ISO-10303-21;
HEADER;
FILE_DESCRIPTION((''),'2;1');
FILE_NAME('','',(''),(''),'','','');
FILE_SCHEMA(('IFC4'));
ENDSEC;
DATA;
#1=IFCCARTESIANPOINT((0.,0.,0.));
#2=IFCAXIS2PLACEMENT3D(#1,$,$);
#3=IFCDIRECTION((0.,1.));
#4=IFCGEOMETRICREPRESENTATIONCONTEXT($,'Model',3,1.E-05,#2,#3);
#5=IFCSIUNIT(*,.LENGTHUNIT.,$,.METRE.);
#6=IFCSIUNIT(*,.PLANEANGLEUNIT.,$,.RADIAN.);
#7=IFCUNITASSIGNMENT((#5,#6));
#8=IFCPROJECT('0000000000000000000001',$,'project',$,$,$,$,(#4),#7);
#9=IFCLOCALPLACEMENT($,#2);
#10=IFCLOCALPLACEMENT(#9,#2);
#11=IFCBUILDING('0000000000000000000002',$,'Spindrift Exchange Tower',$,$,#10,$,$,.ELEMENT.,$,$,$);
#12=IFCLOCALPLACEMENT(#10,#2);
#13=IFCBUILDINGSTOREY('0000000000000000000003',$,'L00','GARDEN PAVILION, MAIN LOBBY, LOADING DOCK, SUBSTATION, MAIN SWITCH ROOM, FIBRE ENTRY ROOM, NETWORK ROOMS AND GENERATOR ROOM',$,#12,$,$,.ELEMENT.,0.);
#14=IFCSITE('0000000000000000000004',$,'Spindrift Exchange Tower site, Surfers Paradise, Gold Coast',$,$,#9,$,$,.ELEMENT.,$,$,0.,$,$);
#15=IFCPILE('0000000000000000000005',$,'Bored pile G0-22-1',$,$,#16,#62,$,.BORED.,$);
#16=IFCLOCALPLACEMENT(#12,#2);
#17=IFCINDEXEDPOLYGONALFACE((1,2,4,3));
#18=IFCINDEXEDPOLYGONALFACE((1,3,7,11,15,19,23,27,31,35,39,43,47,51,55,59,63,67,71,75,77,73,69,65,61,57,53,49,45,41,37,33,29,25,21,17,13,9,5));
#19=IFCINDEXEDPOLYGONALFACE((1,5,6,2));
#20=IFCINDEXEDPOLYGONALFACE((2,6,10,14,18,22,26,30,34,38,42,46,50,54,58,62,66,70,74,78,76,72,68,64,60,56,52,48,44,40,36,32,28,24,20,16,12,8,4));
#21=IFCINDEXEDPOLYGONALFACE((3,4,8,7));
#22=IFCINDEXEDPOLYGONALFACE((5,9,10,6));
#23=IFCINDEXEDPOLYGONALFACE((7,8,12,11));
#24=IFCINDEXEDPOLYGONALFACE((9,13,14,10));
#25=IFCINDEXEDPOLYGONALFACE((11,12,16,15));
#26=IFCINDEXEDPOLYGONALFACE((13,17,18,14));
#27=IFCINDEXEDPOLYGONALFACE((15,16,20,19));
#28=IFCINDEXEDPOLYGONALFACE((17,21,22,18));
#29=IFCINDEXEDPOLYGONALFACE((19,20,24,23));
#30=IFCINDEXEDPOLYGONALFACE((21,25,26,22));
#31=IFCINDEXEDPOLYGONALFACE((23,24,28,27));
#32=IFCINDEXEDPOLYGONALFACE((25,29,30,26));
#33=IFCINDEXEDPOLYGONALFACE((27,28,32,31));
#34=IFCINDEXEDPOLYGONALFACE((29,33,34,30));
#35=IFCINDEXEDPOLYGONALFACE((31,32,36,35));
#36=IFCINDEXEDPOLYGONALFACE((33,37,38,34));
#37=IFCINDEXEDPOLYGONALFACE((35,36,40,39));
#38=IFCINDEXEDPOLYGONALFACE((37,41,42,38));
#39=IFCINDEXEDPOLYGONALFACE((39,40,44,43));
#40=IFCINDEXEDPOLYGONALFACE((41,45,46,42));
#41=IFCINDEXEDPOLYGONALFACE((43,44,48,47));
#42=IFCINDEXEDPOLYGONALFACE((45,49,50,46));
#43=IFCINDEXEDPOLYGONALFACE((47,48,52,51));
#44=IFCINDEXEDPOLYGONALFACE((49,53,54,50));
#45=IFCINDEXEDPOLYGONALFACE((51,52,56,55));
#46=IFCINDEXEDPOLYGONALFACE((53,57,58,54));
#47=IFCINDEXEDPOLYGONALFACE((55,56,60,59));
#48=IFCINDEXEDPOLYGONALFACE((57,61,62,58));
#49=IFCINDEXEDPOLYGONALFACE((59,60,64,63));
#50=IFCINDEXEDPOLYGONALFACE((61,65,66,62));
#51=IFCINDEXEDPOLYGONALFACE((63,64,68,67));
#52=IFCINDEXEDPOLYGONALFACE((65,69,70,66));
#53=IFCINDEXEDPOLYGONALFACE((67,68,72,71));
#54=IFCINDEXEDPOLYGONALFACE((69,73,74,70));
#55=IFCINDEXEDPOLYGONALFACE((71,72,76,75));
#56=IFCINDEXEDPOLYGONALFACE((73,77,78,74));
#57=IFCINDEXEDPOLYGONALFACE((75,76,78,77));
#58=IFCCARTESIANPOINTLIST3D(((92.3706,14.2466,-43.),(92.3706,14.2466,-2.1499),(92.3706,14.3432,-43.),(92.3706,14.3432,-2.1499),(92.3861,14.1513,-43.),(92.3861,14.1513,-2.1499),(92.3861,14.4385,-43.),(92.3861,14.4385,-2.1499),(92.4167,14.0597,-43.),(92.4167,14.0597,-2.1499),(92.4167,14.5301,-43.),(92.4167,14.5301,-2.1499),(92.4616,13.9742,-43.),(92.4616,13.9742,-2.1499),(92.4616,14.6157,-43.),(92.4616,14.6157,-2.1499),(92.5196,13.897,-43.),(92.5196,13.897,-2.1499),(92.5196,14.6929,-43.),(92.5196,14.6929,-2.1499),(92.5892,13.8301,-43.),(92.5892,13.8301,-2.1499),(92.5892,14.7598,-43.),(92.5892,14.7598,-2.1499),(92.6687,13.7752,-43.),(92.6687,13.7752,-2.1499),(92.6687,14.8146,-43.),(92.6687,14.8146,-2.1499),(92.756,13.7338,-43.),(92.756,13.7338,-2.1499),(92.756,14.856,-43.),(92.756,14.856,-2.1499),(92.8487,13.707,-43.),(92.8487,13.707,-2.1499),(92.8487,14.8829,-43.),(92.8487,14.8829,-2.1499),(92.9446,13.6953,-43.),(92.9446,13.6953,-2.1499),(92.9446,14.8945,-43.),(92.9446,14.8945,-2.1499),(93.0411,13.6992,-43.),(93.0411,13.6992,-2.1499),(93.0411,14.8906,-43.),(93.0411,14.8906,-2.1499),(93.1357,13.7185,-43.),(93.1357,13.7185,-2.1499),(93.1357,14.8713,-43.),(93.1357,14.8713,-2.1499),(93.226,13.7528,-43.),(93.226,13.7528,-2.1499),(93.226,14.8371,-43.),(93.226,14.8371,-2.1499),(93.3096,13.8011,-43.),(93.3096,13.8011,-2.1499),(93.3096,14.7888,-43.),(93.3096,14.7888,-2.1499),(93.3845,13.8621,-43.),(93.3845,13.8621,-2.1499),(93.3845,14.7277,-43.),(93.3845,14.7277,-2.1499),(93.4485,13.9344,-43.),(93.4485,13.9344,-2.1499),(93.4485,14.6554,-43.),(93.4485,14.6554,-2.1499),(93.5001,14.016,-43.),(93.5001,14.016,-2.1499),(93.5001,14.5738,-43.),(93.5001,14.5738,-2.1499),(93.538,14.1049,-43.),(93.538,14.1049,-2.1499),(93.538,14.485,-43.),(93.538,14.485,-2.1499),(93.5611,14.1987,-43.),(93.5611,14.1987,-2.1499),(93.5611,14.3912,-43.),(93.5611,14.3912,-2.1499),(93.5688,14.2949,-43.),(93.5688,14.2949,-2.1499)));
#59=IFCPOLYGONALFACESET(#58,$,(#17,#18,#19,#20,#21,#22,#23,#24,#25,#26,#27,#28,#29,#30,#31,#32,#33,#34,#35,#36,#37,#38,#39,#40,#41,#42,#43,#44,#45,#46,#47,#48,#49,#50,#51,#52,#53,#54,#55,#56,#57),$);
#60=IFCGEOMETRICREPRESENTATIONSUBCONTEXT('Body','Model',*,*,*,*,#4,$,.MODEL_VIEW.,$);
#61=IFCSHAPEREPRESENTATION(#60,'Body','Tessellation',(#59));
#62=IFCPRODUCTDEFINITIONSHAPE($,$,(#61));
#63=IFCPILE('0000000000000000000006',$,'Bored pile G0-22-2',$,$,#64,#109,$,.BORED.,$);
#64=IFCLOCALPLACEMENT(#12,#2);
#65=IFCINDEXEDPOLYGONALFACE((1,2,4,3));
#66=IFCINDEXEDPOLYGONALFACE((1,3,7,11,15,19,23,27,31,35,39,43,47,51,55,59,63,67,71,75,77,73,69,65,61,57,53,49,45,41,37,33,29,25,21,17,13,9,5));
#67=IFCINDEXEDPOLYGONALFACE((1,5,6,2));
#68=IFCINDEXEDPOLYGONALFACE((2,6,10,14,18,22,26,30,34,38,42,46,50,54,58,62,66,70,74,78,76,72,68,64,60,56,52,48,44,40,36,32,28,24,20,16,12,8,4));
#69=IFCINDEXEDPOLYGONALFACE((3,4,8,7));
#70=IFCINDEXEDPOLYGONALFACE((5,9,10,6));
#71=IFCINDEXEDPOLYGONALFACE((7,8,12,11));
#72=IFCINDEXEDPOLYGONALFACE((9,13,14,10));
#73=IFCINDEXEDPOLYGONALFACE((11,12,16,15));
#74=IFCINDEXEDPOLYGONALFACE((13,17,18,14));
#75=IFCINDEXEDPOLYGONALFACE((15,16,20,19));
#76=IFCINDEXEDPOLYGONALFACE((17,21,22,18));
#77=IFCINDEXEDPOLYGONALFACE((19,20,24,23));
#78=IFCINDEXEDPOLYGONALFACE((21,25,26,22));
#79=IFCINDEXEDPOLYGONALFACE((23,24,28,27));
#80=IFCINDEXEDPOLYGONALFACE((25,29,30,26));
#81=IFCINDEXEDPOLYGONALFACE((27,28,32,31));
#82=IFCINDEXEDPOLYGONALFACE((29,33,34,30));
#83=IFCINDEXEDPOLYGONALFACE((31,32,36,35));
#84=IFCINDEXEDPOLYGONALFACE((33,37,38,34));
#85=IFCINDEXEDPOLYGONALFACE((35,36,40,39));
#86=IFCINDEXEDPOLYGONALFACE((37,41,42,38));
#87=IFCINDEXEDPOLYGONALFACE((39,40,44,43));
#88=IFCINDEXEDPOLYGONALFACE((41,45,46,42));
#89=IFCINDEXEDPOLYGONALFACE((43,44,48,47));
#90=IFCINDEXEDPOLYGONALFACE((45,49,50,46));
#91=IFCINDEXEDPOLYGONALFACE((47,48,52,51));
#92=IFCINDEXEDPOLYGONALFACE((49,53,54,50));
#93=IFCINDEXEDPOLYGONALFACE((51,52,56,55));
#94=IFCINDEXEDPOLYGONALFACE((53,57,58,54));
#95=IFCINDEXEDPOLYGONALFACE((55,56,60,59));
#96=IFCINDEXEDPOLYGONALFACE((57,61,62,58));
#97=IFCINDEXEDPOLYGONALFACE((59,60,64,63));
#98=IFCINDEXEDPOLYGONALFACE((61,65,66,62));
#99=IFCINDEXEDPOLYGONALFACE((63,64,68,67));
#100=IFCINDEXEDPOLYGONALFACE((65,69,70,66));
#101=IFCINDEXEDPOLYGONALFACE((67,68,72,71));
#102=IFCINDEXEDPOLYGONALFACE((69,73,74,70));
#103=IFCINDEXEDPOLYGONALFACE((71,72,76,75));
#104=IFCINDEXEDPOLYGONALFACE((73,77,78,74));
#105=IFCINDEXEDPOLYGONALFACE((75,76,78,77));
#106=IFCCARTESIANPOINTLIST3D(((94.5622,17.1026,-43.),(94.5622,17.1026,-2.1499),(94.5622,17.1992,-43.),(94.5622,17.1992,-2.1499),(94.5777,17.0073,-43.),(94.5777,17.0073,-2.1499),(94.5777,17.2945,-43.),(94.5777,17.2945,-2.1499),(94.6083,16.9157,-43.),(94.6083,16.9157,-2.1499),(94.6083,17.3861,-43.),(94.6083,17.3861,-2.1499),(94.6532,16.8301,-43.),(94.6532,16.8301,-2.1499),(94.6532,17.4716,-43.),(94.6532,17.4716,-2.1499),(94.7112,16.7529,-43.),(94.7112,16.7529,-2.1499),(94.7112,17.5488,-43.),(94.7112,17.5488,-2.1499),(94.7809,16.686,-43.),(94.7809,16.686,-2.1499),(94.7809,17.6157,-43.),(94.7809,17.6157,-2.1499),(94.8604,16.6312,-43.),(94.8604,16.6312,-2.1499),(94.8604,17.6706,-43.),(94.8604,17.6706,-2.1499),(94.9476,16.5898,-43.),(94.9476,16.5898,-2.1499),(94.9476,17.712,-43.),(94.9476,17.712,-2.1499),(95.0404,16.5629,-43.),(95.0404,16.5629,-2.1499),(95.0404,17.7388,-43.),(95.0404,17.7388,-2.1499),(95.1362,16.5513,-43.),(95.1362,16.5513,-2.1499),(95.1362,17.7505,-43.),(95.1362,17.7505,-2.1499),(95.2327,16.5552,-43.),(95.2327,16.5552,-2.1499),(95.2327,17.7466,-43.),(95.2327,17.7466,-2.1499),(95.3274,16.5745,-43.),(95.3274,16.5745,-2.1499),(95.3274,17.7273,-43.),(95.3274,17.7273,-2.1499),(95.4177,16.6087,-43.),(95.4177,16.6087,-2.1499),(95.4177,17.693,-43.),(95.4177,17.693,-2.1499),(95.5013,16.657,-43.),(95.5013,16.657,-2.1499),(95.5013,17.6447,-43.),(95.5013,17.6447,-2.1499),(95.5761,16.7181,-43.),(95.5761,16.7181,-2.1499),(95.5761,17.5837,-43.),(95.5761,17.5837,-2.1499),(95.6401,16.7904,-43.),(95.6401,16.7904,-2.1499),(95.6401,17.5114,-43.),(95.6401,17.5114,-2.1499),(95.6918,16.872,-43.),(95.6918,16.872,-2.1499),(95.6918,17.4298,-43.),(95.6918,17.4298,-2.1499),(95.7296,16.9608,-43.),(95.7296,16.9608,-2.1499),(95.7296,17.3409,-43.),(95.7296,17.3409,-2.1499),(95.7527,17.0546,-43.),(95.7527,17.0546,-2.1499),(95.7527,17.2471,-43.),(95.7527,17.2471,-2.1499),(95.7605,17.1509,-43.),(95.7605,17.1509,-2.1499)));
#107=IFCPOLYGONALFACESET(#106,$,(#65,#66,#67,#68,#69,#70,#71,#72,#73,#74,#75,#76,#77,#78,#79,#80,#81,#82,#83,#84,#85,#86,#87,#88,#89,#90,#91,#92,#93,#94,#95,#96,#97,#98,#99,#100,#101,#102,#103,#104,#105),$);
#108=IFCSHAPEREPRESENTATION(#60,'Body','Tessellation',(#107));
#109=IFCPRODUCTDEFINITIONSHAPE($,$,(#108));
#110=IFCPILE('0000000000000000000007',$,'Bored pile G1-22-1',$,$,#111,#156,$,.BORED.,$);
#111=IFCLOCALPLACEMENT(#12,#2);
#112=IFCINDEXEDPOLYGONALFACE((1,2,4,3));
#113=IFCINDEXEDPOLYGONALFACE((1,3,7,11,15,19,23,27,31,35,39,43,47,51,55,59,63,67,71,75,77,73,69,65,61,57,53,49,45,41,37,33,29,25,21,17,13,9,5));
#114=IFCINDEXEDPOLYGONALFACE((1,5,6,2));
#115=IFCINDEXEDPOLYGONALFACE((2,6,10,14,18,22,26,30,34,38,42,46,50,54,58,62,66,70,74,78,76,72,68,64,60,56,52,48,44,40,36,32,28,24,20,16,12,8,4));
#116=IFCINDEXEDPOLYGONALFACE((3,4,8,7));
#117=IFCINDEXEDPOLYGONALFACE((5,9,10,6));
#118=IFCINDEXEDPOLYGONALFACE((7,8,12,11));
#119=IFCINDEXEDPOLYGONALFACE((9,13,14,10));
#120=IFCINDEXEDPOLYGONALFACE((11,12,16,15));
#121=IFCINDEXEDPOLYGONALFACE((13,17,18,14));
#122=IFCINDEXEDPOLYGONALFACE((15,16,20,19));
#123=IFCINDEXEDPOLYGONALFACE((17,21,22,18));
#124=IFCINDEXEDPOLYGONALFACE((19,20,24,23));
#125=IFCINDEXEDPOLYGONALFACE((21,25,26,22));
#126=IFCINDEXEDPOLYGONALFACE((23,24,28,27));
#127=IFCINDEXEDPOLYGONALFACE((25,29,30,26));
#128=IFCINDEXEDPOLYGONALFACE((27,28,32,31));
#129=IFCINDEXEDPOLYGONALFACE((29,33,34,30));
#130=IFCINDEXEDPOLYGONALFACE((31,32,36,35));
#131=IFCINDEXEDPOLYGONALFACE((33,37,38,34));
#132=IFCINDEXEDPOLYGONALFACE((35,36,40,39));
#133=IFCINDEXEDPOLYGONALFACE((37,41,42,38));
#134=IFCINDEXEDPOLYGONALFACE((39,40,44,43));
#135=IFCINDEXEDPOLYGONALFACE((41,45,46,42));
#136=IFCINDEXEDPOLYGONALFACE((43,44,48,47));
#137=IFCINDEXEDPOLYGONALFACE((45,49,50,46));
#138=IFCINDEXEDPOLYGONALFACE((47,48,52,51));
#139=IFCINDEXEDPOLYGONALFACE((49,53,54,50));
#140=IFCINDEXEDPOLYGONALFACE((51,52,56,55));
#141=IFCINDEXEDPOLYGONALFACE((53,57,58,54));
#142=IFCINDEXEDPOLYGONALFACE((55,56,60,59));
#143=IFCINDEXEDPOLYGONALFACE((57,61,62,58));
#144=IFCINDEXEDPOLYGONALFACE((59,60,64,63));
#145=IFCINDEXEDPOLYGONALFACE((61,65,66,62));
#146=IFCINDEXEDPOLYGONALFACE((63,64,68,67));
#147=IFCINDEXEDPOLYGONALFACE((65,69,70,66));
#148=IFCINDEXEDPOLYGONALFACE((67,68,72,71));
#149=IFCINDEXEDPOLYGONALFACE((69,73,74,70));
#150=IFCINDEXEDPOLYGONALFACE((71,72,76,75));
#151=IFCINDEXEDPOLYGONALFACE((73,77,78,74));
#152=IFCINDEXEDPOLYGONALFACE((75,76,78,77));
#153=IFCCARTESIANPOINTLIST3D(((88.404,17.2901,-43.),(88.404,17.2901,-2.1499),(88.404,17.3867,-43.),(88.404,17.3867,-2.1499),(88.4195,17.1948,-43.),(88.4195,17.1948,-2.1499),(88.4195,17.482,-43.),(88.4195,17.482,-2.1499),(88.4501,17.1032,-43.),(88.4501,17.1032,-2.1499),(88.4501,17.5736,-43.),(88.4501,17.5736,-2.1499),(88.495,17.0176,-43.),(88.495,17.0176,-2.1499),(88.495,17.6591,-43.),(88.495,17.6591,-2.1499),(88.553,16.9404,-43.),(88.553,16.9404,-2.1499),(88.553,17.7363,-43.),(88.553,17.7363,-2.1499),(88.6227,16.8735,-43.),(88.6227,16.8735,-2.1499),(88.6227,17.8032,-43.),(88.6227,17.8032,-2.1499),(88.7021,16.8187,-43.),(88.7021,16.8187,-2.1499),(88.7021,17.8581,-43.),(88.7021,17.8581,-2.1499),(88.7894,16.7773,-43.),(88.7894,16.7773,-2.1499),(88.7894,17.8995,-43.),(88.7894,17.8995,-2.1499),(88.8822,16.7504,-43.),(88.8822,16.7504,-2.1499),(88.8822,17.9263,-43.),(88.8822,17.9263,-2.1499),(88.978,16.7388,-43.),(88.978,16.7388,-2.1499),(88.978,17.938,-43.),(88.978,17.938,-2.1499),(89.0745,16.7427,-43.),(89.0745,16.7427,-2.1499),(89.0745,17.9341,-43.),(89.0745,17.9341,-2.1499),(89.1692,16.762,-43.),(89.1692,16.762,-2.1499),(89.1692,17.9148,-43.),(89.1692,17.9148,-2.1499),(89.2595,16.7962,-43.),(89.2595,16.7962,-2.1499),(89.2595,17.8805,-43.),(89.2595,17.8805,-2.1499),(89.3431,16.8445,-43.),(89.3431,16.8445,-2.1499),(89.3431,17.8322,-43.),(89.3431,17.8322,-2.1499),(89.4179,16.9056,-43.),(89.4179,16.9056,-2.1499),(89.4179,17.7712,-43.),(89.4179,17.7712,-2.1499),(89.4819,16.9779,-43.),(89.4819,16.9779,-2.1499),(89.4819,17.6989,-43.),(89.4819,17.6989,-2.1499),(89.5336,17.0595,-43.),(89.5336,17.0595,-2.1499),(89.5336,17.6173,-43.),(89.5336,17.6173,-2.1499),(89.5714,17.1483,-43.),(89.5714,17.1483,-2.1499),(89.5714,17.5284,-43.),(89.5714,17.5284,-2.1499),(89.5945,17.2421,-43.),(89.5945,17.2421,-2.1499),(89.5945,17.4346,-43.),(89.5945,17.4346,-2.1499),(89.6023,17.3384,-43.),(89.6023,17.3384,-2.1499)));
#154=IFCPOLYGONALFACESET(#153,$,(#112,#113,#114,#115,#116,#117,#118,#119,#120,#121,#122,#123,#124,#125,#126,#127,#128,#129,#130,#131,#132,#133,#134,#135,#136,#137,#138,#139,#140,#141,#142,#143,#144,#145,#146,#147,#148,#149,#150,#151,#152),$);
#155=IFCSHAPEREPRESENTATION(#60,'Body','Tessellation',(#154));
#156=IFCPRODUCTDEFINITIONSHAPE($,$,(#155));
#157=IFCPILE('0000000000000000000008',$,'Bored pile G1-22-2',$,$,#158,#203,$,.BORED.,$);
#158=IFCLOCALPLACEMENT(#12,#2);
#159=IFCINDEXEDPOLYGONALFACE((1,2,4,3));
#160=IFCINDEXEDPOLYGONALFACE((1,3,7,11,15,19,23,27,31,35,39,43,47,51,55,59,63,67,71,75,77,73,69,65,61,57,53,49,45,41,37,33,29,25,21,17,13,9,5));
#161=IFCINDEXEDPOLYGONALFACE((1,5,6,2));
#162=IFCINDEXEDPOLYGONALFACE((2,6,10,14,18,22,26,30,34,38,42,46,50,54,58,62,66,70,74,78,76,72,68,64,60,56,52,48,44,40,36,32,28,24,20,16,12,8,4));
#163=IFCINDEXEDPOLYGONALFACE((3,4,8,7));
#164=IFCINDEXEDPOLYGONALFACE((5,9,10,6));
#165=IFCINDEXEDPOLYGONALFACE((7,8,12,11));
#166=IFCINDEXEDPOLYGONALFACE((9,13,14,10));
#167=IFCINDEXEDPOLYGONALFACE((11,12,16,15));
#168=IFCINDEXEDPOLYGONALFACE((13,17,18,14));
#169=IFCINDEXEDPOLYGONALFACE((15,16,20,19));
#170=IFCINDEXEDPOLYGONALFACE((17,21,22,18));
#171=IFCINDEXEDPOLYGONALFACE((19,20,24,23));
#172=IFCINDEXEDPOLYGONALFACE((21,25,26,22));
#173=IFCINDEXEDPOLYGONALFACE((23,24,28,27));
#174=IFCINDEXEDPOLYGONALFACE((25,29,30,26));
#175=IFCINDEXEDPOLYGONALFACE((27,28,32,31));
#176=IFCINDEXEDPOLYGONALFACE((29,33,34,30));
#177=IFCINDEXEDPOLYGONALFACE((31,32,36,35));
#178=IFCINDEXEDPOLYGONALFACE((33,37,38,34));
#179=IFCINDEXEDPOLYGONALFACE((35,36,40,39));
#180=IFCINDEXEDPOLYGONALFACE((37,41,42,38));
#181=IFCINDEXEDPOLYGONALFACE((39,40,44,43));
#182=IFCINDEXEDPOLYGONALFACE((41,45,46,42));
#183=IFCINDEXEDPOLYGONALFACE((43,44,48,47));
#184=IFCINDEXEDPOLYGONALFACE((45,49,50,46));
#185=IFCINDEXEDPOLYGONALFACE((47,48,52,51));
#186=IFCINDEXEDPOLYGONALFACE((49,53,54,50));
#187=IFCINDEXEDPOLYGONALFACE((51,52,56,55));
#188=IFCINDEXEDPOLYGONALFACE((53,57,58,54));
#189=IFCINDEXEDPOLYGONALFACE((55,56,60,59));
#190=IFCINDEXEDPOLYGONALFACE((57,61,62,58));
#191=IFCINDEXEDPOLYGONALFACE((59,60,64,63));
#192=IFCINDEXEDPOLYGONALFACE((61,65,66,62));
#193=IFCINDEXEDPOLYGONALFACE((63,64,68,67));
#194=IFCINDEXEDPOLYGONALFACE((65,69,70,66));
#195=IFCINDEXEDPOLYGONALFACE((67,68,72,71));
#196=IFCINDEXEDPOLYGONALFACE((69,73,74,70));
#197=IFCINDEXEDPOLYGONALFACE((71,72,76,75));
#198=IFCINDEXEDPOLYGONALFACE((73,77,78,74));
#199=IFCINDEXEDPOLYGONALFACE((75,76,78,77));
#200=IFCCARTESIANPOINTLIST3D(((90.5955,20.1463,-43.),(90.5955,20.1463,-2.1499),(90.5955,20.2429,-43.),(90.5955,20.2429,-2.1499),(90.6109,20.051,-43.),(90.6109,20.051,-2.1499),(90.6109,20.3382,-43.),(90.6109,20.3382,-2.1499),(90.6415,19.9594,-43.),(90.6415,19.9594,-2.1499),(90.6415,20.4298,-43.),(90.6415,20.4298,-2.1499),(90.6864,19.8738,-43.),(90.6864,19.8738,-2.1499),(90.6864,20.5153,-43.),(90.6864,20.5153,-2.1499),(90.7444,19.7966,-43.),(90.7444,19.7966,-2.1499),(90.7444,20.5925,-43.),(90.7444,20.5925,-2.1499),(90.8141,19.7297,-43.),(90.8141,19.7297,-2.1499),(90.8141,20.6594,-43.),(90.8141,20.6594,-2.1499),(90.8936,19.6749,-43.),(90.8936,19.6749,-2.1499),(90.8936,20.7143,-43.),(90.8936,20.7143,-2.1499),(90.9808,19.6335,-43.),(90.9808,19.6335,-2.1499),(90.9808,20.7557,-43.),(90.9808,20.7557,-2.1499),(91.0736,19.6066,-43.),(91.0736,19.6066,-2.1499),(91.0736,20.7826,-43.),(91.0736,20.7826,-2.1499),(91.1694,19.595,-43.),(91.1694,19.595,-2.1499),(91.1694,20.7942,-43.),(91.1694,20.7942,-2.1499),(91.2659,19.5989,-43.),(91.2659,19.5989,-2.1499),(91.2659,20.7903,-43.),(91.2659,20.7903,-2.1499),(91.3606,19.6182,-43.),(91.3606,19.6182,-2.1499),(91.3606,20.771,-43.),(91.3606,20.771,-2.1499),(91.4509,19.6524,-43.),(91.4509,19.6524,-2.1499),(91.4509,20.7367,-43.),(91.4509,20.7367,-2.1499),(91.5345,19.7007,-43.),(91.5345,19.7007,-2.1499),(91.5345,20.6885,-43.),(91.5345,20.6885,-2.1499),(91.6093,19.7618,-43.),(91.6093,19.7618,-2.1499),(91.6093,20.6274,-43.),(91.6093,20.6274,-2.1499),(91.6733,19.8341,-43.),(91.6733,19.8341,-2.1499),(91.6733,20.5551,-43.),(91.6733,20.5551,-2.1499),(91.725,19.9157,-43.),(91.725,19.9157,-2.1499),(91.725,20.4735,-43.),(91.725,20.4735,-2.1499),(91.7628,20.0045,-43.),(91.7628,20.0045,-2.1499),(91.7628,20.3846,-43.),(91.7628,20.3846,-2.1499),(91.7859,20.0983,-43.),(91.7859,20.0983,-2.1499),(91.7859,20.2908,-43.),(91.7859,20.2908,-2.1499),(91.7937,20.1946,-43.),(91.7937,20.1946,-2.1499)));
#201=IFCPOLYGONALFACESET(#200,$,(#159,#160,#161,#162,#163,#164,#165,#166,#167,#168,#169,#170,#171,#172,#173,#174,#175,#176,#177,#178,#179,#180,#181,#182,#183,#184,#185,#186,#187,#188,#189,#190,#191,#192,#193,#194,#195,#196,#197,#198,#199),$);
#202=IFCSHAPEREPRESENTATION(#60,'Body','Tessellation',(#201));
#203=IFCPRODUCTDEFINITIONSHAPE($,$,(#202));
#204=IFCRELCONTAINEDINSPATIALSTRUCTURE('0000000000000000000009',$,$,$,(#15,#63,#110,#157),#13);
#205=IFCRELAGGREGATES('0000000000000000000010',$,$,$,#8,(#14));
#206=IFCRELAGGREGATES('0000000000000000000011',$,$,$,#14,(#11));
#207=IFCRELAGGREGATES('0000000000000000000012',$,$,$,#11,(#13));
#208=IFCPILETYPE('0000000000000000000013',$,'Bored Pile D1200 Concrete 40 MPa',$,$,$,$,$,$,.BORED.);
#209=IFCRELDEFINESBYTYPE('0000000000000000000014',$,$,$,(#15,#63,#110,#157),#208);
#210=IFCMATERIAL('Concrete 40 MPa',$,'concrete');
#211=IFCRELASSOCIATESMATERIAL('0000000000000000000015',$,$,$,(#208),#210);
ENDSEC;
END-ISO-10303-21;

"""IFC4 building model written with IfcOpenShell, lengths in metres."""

from ifc_helpers import new_model, si_unit, direction, frame, origin, origin_2d, place, context, subcontext, project, spatial, circle, extrude, source, transform, mapped, material, material_profile, profile_set, type_object, element, save


model = new_model("IFC4")

# Units and contexts
model_context = context("Model", 3, precision=1e-05, world=origin(), true_north=direction((0.0, 1.0)))
body_context = subcontext(model_context, "Body", "Model", "MODEL_VIEW")
ifc_project = project(units=[si_unit("LENGTHUNIT", "METRE"), si_unit("PLANEANGLEUNIT", "RADIAN")], contexts=[model_context])

# Site, building, storey
site_placement = place(None, origin())
site = spatial("IfcSite", under=ifc_project, at=site_placement, Name="Spindrift Exchange Tower site, Surfers Paradise, Gold Coast", CompositionType="ELEMENT", RefElevation=0.0)
building_placement = place(site_placement, origin())
building = spatial("IfcBuilding", under=site, at=building_placement, Name="Spindrift Exchange Tower", CompositionType="ELEMENT")
storey_placement = place(building_placement, origin())
storey = spatial("IfcBuildingStorey", under=building, at=storey_placement, Name="L00", Description="GARDEN PAVILION, MAIN LOBBY, LOADING DOCK, SUBSTATION, MAIN SWITCH ROOM, FIBRE ENTRY ROOM, NETWORK ROOMS AND GENERATOR ROOM", CompositionType="ELEMENT", Elevation=0.0)

# Piles
ifc_material_1 = material(Name="Concrete 40 MPa", Category="concrete")
ifc_material_profile_1 = material_profile(ifc_material_1, circle(Radius=0.6001, at=origin_2d()), Name="BP D1200")
ifc_profile_set_1 = profile_set([ifc_material_profile_1], Name="Concrete 40 MPa")
pile_type = type_object("IfcPileType", Name="Bored Pile D1200 Concrete 40 MPa", PredefinedType="BORED", material=ifc_profile_set_1)
shared_shape_1 = source(origin(), body_context, "Body", "SweptSolid", [
    extrude(circle(Radius=0.6001, at=origin_2d()), origin(), (0.0, 0.0, 1.0), 40.8501),
])
for number, where, z_axis, x_axis, name in (
    (1, (92.9688, 14.2949, -2.1499), (0.0, 0.0, -1.0), (1.0, 0.0, 0.0), "Bored pile G0-22-1"),
    (2, (95.1604, 17.1509, -2.1499), (0.0, 0.0, -1.0), (1.0, 0.0, 0.0), "Bored pile G0-22-2"),
    (3, (89.0022, 17.3384, -2.1499), (0.0, 0.0, -1.0), (1.0, 0.0, 0.0), "Bored pile G1-22-1"),
    (4, (91.1936, 20.1946, -2.1499), (0.0, 0.0, -1.0), (1.0, 0.0, 0.0), "Bored pile G1-22-2"),
):
    element("IfcPile", number, at=place(storey_placement, frame(where, z_axis=z_axis, x_axis=x_axis)), inside=storey, type_object=pile_type, Name=name, PredefinedType="BORED", context=body_context, shape_type="MappedRepresentation", body=[
        mapped(shared_shape_1, transform((0.0, 0.0, 0.0), scale=1.0)),
    ])

save(model, "model.ifc")
